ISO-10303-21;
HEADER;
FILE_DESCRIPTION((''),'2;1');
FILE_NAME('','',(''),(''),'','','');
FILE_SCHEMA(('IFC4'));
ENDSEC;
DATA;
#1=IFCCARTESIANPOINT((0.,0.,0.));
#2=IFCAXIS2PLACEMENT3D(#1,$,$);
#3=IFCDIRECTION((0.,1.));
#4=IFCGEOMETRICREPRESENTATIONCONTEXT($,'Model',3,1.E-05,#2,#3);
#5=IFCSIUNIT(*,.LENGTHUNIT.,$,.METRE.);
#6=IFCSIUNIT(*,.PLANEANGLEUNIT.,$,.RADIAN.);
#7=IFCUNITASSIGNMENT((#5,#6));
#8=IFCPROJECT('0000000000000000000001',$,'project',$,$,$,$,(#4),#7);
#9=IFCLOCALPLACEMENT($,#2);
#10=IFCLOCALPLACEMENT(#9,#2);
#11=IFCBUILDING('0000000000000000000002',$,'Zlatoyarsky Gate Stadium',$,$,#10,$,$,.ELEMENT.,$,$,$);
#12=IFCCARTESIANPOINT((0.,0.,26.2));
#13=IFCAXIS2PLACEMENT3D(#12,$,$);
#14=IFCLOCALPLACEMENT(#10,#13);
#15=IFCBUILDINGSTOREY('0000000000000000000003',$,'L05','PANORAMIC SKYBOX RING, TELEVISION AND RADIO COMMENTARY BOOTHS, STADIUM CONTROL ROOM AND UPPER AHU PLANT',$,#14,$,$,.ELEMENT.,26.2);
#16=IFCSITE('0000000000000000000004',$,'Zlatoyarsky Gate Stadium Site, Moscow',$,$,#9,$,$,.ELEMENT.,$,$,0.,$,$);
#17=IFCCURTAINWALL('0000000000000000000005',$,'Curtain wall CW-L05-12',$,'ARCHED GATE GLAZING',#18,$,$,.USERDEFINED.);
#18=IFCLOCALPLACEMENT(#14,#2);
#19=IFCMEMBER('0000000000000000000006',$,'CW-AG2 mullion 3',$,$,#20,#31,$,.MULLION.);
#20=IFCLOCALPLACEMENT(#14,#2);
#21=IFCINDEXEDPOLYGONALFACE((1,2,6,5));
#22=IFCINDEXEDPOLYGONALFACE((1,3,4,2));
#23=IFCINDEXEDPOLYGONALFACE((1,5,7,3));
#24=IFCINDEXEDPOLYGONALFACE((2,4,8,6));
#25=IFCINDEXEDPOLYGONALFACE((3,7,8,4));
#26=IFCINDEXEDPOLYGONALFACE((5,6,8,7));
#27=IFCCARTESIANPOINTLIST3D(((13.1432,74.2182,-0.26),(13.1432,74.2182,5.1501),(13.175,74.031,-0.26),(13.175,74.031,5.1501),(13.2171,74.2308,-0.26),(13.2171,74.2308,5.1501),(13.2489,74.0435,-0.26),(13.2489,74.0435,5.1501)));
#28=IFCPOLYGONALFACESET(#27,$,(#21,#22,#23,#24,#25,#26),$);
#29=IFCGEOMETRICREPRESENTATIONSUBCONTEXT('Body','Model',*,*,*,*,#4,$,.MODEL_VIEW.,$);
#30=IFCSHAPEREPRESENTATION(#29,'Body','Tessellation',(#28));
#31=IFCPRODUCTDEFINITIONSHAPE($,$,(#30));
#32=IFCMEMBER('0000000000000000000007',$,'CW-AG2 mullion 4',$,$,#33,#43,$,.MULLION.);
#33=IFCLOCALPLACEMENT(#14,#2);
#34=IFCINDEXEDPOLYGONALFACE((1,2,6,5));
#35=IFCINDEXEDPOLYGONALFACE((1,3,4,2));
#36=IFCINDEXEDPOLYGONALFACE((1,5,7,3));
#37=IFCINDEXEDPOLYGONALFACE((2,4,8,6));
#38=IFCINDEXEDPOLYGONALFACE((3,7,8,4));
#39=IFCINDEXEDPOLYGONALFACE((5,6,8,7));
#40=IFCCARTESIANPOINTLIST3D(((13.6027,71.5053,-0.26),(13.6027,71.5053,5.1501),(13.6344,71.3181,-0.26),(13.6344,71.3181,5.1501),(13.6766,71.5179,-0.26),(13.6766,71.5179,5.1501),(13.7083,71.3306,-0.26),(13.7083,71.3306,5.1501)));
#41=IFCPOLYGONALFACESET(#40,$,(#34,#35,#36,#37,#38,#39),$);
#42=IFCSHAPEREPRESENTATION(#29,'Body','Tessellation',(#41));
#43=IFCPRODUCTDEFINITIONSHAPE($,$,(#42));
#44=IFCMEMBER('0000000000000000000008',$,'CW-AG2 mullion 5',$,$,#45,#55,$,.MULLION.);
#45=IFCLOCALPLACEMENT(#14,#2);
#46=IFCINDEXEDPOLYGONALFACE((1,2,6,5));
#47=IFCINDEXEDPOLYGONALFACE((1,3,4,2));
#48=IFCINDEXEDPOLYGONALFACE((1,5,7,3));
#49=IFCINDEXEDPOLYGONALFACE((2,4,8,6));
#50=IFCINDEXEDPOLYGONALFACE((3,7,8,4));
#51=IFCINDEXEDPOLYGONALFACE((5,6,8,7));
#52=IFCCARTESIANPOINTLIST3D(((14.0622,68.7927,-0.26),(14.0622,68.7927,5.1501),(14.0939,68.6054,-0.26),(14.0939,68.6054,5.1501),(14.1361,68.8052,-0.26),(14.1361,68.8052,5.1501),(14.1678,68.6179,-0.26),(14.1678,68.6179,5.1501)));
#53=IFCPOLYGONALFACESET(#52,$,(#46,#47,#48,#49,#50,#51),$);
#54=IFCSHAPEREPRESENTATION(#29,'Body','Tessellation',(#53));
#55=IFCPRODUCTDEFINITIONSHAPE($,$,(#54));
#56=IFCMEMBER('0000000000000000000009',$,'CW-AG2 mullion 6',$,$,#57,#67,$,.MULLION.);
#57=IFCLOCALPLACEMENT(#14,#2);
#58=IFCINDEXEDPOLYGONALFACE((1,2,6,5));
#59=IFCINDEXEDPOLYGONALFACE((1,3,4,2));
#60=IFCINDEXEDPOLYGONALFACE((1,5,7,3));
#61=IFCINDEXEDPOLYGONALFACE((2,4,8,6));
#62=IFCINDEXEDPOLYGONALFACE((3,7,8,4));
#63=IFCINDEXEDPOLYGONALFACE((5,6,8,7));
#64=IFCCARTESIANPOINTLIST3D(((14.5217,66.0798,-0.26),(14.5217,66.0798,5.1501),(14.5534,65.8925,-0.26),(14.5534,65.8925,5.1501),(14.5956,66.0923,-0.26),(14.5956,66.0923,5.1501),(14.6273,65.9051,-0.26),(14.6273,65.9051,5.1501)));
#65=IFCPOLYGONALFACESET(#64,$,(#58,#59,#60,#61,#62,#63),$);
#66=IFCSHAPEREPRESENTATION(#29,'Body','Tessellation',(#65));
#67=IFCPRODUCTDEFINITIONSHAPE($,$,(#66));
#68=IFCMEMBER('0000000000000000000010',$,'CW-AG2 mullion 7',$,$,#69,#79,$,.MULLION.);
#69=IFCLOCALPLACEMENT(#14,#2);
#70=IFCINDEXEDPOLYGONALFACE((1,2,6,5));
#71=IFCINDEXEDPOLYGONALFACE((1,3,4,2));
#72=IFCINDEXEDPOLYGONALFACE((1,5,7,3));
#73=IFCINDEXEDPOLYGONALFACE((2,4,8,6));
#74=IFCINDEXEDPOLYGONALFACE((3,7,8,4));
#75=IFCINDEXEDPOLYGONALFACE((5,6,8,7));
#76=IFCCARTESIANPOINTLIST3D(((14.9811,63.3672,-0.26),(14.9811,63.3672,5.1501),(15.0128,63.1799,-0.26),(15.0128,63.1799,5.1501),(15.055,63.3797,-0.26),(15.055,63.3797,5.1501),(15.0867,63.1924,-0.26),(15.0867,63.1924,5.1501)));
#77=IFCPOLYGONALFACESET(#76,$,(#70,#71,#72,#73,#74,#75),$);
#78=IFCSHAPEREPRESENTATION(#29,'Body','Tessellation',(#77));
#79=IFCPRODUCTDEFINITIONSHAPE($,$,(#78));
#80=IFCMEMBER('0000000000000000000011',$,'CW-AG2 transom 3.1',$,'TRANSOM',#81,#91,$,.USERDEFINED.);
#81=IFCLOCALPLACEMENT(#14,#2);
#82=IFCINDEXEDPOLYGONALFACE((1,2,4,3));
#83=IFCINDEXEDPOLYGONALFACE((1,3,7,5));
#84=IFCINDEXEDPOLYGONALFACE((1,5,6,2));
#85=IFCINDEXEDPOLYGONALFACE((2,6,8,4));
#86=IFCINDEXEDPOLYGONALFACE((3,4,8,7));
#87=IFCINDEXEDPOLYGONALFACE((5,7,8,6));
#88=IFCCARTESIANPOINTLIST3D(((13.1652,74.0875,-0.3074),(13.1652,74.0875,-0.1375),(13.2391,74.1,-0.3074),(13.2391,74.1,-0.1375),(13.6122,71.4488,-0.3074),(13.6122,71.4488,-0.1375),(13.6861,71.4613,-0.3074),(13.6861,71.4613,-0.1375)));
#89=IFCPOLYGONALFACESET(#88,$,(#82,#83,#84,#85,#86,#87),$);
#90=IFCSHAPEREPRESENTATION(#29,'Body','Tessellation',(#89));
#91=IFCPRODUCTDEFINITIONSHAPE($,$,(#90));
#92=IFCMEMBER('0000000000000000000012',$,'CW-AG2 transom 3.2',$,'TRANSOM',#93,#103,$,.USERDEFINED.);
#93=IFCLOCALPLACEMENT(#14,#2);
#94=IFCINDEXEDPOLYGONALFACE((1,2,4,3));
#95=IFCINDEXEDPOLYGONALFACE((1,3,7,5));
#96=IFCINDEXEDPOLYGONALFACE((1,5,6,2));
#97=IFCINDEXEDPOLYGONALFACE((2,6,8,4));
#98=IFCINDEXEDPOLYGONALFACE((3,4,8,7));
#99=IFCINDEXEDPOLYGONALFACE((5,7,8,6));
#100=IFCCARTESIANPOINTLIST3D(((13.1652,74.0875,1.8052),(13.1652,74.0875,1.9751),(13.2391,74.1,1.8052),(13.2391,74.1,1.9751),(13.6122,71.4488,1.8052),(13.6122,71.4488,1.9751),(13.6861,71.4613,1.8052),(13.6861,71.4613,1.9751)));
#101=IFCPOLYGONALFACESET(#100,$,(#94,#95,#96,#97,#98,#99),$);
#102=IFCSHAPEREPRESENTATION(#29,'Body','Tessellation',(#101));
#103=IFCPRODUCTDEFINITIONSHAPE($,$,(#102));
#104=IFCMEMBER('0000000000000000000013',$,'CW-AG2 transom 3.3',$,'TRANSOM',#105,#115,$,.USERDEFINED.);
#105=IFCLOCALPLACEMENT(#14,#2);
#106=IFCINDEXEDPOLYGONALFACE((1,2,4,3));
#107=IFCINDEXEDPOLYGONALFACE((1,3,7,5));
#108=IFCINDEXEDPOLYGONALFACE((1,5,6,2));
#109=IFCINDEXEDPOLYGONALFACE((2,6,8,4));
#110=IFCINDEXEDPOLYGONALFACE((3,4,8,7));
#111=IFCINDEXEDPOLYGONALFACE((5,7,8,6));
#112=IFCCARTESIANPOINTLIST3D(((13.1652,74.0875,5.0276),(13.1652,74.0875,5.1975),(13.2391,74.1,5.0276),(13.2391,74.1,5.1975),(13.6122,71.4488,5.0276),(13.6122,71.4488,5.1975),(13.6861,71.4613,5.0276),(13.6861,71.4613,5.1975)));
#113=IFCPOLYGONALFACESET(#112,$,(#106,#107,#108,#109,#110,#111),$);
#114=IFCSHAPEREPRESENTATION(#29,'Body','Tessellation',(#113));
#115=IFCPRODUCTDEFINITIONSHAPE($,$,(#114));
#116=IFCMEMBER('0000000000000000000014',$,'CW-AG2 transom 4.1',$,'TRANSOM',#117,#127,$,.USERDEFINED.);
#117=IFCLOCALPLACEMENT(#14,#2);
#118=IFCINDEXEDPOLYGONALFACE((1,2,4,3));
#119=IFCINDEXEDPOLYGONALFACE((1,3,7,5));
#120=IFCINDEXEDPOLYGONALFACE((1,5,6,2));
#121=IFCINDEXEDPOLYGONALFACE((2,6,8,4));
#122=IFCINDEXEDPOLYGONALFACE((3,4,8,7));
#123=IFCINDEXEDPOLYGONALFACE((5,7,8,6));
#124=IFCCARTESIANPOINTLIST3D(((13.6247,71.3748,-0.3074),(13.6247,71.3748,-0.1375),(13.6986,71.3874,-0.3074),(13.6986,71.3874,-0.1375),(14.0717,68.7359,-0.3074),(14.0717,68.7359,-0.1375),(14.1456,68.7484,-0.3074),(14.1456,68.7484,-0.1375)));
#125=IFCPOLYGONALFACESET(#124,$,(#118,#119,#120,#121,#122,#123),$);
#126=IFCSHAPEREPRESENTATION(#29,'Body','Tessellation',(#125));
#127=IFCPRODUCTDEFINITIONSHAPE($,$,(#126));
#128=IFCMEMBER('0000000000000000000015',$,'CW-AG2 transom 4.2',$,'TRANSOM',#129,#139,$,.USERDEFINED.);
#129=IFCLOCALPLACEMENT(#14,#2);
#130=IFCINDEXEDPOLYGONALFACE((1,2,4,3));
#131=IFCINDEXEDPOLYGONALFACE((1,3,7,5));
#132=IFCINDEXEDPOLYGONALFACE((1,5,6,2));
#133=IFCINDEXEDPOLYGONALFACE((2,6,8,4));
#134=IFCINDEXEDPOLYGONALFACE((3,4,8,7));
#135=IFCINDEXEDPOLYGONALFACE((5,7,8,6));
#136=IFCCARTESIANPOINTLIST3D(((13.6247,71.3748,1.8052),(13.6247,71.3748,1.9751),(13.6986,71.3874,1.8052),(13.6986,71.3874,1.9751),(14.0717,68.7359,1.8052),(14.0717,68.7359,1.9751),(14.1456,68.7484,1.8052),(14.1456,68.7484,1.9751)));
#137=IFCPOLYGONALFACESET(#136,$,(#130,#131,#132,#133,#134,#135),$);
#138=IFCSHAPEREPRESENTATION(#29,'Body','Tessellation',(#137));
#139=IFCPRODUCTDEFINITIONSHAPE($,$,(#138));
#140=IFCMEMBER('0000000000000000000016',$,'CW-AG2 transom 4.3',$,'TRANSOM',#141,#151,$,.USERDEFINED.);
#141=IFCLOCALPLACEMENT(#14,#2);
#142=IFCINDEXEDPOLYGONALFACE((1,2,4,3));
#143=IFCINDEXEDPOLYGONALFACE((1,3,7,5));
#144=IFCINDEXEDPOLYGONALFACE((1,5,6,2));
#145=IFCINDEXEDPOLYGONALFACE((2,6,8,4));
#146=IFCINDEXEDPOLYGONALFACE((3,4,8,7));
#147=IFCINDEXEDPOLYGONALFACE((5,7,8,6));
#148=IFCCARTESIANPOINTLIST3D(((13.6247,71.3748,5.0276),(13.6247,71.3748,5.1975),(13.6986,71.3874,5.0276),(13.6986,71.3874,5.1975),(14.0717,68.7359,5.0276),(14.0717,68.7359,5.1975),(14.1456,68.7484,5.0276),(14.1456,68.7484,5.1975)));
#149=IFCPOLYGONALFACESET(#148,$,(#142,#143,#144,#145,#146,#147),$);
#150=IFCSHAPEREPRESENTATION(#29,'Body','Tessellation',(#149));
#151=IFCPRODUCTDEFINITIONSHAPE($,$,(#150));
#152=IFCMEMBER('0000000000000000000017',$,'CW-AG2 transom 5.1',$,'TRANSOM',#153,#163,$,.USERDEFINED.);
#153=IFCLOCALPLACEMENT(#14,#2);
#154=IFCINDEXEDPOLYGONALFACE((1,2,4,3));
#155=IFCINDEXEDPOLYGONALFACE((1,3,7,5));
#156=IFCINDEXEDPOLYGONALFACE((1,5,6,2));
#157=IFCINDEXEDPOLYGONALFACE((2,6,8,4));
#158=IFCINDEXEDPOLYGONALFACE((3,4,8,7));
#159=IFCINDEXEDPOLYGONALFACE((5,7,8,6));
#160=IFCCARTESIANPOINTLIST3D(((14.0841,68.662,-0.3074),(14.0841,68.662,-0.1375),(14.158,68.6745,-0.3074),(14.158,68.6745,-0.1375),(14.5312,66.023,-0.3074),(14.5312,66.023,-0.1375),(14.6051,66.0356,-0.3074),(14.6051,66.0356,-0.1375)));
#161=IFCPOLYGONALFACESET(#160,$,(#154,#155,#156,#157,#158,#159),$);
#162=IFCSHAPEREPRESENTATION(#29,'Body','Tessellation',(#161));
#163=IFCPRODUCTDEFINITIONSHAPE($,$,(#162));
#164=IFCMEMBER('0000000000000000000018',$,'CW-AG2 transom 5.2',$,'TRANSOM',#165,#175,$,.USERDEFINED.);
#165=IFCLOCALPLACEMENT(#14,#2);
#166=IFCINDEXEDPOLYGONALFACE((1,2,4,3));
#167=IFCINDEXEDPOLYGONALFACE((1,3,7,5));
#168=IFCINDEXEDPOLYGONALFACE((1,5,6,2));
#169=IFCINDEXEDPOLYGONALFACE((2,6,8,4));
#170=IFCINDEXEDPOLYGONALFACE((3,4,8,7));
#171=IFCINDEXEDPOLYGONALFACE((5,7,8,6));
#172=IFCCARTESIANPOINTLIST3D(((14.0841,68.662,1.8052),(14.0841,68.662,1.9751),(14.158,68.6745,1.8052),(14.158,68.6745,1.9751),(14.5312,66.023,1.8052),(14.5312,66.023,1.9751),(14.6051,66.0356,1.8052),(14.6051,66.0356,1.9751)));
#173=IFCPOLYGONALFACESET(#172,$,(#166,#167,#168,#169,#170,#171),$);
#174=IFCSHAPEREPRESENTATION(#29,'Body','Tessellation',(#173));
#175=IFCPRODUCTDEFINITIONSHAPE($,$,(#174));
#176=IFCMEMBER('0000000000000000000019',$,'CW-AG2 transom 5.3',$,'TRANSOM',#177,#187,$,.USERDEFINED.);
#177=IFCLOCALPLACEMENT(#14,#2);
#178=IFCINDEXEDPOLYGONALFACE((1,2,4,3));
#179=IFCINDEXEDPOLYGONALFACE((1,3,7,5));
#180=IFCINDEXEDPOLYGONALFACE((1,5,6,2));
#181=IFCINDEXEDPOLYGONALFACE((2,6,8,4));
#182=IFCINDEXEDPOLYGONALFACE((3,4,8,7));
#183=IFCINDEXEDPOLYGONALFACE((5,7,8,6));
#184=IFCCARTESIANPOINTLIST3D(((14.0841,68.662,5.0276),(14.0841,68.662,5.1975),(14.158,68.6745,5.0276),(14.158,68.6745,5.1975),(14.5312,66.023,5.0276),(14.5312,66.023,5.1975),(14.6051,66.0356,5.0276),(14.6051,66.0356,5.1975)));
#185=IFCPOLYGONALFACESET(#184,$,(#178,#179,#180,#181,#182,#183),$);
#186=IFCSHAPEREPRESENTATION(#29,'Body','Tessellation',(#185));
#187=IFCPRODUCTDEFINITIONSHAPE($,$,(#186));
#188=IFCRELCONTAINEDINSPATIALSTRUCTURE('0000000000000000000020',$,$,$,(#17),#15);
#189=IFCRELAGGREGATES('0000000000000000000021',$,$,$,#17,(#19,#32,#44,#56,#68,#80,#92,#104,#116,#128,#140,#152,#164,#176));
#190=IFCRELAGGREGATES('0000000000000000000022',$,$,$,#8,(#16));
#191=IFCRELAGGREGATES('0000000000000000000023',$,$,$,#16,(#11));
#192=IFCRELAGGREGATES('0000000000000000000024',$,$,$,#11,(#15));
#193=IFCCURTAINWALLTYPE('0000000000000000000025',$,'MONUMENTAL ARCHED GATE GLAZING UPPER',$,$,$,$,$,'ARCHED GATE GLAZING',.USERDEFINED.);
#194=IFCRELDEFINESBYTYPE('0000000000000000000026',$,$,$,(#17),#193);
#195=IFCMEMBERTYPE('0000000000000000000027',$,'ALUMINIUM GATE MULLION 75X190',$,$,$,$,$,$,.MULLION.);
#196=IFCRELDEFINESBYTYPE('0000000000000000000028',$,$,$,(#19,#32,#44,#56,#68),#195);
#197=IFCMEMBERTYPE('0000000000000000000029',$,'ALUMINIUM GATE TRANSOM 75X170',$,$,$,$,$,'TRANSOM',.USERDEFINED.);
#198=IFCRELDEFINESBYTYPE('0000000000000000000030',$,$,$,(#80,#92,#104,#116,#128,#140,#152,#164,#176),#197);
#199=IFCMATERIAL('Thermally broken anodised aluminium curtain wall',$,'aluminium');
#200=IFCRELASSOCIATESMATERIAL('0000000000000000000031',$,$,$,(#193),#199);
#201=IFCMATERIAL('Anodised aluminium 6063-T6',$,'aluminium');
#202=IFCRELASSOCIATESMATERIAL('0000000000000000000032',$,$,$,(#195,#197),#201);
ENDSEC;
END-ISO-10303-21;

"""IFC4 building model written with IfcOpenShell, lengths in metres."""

from ifc_helpers import new_model, si_unit, direction, frame, origin, origin_2d, place, context, subcontext, project, spatial, rectangle, extrude, material, material_profile, profile_set, type_object, element, aggregate, save


model = new_model("IFC4")

# Units and contexts
model_context = context("Model", 3, precision=1e-05, world=origin(), true_north=direction((0.0, 1.0)))
body_context = subcontext(model_context, "Body", "Model", "MODEL_VIEW")
ifc_project = project(units=[si_unit("LENGTHUNIT", "METRE"), si_unit("PLANEANGLEUNIT", "RADIAN")], contexts=[model_context])

# Site, building, storey
site_placement = place(None, origin())
site = spatial("IfcSite", under=ifc_project, at=site_placement, Name="Zlatoyarsky Gate Stadium Site, Moscow", CompositionType="ELEMENT", RefElevation=0.0)
building_placement = place(site_placement, origin())
building = spatial("IfcBuilding", under=site, at=building_placement, Name="Zlatoyarsky Gate Stadium", CompositionType="ELEMENT")
storey_placement = place(building_placement, frame((0.0, 0.0, 26.2)))
storey = spatial("IfcBuildingStorey", under=building, at=storey_placement, Name="L05", Description="PANORAMIC SKYBOX RING, TELEVISION AND RADIO COMMENTARY BOOTHS, STADIUM CONTROL ROOM AND UPPER AHU PLANT", CompositionType="ELEMENT", Elevation=26.2)

# Curtain wall, members
ifc_material_1 = material(Name="Thermally broken anodised aluminium curtain wall", Category="aluminium")
curtain_wall_type = type_object("IfcCurtainWallType", Name="MONUMENTAL ARCHED GATE GLAZING UPPER", ElementType="ARCHED GATE GLAZING", PredefinedType="USERDEFINED", material=ifc_material_1)
curtain_wall_placement = place(storey_placement, origin())
curtain_wall = element("IfcCurtainWall", 1, at=curtain_wall_placement, inside=storey, type_object=curtain_wall_type, Name="Curtain wall CW-L05-12", ObjectType="ARCHED GATE GLAZING", PredefinedType="USERDEFINED")
ifc_material_2 = material(Name="Anodised aluminium 6063-T6", Category="aluminium")
ifc_material_profile_1 = material_profile(ifc_material_2, rectangle(XDim=0.075, YDim=0.1899, at=origin_2d()), Name="ALU 75X190")
ifc_profile_set_1 = profile_set([ifc_material_profile_1], Name="Anodised aluminium 6063-T6")
member_type_1 = type_object("IfcMemberType", Name="ALUMINIUM GATE MULLION 75X190", PredefinedType="MULLION", material=ifc_profile_set_1)
member_1_placement = place(storey_placement, frame((13.196, 74.1309, -0.26), z_axis=(0.0, 0.0, 1.0), x_axis=(0.985958, 0.166995, 0.0)))
member_1 = element("IfcMember", 2, at=member_1_placement, type_object=member_type_1, Name="CW-AG2 mullion 3", PredefinedType="MULLION", context=body_context, shape_type="SweptSolid", body=[
    extrude(rectangle(XDim=0.075, YDim=0.1899, at=origin_2d()), origin(), (0.0, 0.0, 1.0), 5.4102),
])
member_2_placement = place(storey_placement, frame((13.6555, 71.418, -0.26), z_axis=(0.0, 0.0, 1.0), x_axis=(0.985958, 0.166995, 0.0)))
member_2 = element("IfcMember", 3, at=member_2_placement, type_object=member_type_1, Name="CW-AG2 mullion 4", PredefinedType="MULLION", context=body_context, shape_type="SweptSolid", body=[
    extrude(rectangle(XDim=0.075, YDim=0.1899, at=origin_2d()), origin(), (0.0, 0.0, 1.0), 5.4102),
])
member_3_placement = place(storey_placement, frame((14.115, 68.7053, -0.26), z_axis=(0.0, 0.0, 1.0), x_axis=(0.985958, 0.166995, 0.0)))
member_3 = element("IfcMember", 4, at=member_3_placement, type_object=member_type_1, Name="CW-AG2 mullion 5", PredefinedType="MULLION", context=body_context, shape_type="SweptSolid", body=[
    extrude(rectangle(XDim=0.075, YDim=0.1899, at=origin_2d()), origin(), (0.0, 0.0, 1.0), 5.4102),
])
member_4_placement = place(storey_placement, frame((14.5745, 65.9924, -0.26), z_axis=(0.0, 0.0, 1.0), x_axis=(0.985958, 0.166995, 0.0)))
member_4 = element("IfcMember", 5, at=member_4_placement, type_object=member_type_1, Name="CW-AG2 mullion 6", PredefinedType="MULLION", context=body_context, shape_type="SweptSolid", body=[
    extrude(rectangle(XDim=0.075, YDim=0.1899, at=origin_2d()), origin(), (0.0, 0.0, 1.0), 5.4102),
])
member_5_placement = place(storey_placement, frame((15.0339, 63.2798, -0.26), z_axis=(0.0, 0.0, 1.0), x_axis=(0.985958, 0.166995, 0.0)))
member_5 = element("IfcMember", 6, at=member_5_placement, type_object=member_type_1, Name="CW-AG2 mullion 7", PredefinedType="MULLION", context=body_context, shape_type="SweptSolid", body=[
    extrude(rectangle(XDim=0.075, YDim=0.1899, at=origin_2d()), origin(), (0.0, 0.0, 1.0), 5.4102),
])
ifc_material_profile_2 = material_profile(ifc_material_2, rectangle(XDim=0.075, YDim=0.1699, at=origin_2d()), Name="ALU 75X170")
ifc_profile_set_2 = profile_set([ifc_material_profile_2], Name="Anodised aluminium 6063-T6")
member_type_2 = type_object("IfcMemberType", Name="ALUMINIUM GATE TRANSOM 75X170", ElementType="TRANSOM", PredefinedType="USERDEFINED", material=ifc_profile_set_2)
member_6_placement = place(storey_placement, frame((13.2021, 74.0938, -0.2224), z_axis=(0.167032, -0.985952, 0.0), x_axis=(0.985952, 0.167032, 0.0)))
member_6 = element("IfcMember", 7, at=member_6_placement, type_object=member_type_2, Name="CW-AG2 transom 3.1", ObjectType="TRANSOM", PredefinedType="USERDEFINED", context=body_context, shape_type="SweptSolid", body=[
    extrude(rectangle(XDim=0.075, YDim=0.1699, at=origin_2d()), origin(), (0.0, 0.0, 1.0), 2.6763),
])
member_7_placement = place(storey_placement, frame((13.2021, 74.0938, 1.8901), z_axis=(0.167032, -0.985952, 0.0), x_axis=(0.985952, 0.167032, 0.0)))
member_7 = element("IfcMember", 8, at=member_7_placement, type_object=member_type_2, Name="CW-AG2 transom 3.2", ObjectType="TRANSOM", PredefinedType="USERDEFINED", context=body_context, shape_type="SweptSolid", body=[
    extrude(rectangle(XDim=0.075, YDim=0.1699, at=origin_2d()), origin(), (0.0, 0.0, 1.0), 2.6763),
])
member_8_placement = place(storey_placement, frame((13.2021, 74.0938, 5.1125), z_axis=(0.167032, -0.985952, 0.0), x_axis=(0.985952, 0.167032, 0.0)))
member_8 = element("IfcMember", 9, at=member_8_placement, type_object=member_type_2, Name="CW-AG2 transom 3.3", ObjectType="TRANSOM", PredefinedType="USERDEFINED", context=body_context, shape_type="SweptSolid", body=[
    extrude(rectangle(XDim=0.075, YDim=0.1699, at=origin_2d()), origin(), (0.0, 0.0, 1.0), 2.6763),
])
member_9_placement = place(storey_placement, frame((13.6616, 71.3811, -0.2224), z_axis=(0.167017, -0.985954, 0.0), x_axis=(0.985954, 0.167017, 0.0)))
member_9 = element("IfcMember", 10, at=member_9_placement, type_object=member_type_2, Name="CW-AG2 transom 4.1", ObjectType="TRANSOM", PredefinedType="USERDEFINED", context=body_context, shape_type="SweptSolid", body=[
    extrude(rectangle(XDim=0.075, YDim=0.1699, at=origin_2d()), origin(), (0.0, 0.0, 1.0), 2.6765),
])
member_10_placement = place(storey_placement, frame((13.6616, 71.3811, 1.8901), z_axis=(0.167017, -0.985954, 0.0), x_axis=(0.985954, 0.167017, 0.0)))
member_10 = element("IfcMember", 11, at=member_10_placement, type_object=member_type_2, Name="CW-AG2 transom 4.2", ObjectType="TRANSOM", PredefinedType="USERDEFINED", context=body_context, shape_type="SweptSolid", body=[
    extrude(rectangle(XDim=0.075, YDim=0.1699, at=origin_2d()), origin(), (0.0, 0.0, 1.0), 2.6765),
])
member_11_placement = place(storey_placement, frame((13.6616, 71.3811, 5.1125), z_axis=(0.167017, -0.985954, 0.0), x_axis=(0.985954, 0.167017, 0.0)))
member_11 = element("IfcMember", 12, at=member_11_placement, type_object=member_type_2, Name="CW-AG2 transom 4.3", ObjectType="TRANSOM", PredefinedType="USERDEFINED", context=body_context, shape_type="SweptSolid", body=[
    extrude(rectangle(XDim=0.075, YDim=0.1699, at=origin_2d()), origin(), (0.0, 0.0, 1.0), 2.6765),
])
member_12_placement = place(storey_placement, frame((14.1211, 68.6682, -0.2224), z_axis=(0.167017, -0.985954, 0.0), x_axis=(0.985954, 0.167017, 0.0)))
member_12 = element("IfcMember", 13, at=member_12_placement, type_object=member_type_2, Name="CW-AG2 transom 5.1", ObjectType="TRANSOM", PredefinedType="USERDEFINED", context=body_context, shape_type="SweptSolid", body=[
    extrude(rectangle(XDim=0.075, YDim=0.1699, at=origin_2d()), origin(), (0.0, 0.0, 1.0), 2.6765),
])
member_13_placement = place(storey_placement, frame((14.1211, 68.6682, 1.8901), z_axis=(0.167017, -0.985954, 0.0), x_axis=(0.985954, 0.167017, 0.0)))
member_13 = element("IfcMember", 14, at=member_13_placement, type_object=member_type_2, Name="CW-AG2 transom 5.2", ObjectType="TRANSOM", PredefinedType="USERDEFINED", context=body_context, shape_type="SweptSolid", body=[
    extrude(rectangle(XDim=0.075, YDim=0.1699, at=origin_2d()), origin(), (0.0, 0.0, 1.0), 2.6765),
])
member_14_placement = place(storey_placement, frame((14.1211, 68.6682, 5.1125), z_axis=(0.167017, -0.985954, 0.0), x_axis=(0.985954, 0.167017, 0.0)))
member_14 = element("IfcMember", 15, at=member_14_placement, type_object=member_type_2, Name="CW-AG2 transom 5.3", ObjectType="TRANSOM", PredefinedType="USERDEFINED", context=body_context, shape_type="SweptSolid", body=[
    extrude(rectangle(XDim=0.075, YDim=0.1699, at=origin_2d()), origin(), (0.0, 0.0, 1.0), 2.6765),
])

aggregate(curtain_wall, [member_1, member_2, member_3, member_4, member_5, member_6, member_7, member_8, member_9, member_10, member_11, member_12, member_13, member_14])

save(model, "model.ifc")
